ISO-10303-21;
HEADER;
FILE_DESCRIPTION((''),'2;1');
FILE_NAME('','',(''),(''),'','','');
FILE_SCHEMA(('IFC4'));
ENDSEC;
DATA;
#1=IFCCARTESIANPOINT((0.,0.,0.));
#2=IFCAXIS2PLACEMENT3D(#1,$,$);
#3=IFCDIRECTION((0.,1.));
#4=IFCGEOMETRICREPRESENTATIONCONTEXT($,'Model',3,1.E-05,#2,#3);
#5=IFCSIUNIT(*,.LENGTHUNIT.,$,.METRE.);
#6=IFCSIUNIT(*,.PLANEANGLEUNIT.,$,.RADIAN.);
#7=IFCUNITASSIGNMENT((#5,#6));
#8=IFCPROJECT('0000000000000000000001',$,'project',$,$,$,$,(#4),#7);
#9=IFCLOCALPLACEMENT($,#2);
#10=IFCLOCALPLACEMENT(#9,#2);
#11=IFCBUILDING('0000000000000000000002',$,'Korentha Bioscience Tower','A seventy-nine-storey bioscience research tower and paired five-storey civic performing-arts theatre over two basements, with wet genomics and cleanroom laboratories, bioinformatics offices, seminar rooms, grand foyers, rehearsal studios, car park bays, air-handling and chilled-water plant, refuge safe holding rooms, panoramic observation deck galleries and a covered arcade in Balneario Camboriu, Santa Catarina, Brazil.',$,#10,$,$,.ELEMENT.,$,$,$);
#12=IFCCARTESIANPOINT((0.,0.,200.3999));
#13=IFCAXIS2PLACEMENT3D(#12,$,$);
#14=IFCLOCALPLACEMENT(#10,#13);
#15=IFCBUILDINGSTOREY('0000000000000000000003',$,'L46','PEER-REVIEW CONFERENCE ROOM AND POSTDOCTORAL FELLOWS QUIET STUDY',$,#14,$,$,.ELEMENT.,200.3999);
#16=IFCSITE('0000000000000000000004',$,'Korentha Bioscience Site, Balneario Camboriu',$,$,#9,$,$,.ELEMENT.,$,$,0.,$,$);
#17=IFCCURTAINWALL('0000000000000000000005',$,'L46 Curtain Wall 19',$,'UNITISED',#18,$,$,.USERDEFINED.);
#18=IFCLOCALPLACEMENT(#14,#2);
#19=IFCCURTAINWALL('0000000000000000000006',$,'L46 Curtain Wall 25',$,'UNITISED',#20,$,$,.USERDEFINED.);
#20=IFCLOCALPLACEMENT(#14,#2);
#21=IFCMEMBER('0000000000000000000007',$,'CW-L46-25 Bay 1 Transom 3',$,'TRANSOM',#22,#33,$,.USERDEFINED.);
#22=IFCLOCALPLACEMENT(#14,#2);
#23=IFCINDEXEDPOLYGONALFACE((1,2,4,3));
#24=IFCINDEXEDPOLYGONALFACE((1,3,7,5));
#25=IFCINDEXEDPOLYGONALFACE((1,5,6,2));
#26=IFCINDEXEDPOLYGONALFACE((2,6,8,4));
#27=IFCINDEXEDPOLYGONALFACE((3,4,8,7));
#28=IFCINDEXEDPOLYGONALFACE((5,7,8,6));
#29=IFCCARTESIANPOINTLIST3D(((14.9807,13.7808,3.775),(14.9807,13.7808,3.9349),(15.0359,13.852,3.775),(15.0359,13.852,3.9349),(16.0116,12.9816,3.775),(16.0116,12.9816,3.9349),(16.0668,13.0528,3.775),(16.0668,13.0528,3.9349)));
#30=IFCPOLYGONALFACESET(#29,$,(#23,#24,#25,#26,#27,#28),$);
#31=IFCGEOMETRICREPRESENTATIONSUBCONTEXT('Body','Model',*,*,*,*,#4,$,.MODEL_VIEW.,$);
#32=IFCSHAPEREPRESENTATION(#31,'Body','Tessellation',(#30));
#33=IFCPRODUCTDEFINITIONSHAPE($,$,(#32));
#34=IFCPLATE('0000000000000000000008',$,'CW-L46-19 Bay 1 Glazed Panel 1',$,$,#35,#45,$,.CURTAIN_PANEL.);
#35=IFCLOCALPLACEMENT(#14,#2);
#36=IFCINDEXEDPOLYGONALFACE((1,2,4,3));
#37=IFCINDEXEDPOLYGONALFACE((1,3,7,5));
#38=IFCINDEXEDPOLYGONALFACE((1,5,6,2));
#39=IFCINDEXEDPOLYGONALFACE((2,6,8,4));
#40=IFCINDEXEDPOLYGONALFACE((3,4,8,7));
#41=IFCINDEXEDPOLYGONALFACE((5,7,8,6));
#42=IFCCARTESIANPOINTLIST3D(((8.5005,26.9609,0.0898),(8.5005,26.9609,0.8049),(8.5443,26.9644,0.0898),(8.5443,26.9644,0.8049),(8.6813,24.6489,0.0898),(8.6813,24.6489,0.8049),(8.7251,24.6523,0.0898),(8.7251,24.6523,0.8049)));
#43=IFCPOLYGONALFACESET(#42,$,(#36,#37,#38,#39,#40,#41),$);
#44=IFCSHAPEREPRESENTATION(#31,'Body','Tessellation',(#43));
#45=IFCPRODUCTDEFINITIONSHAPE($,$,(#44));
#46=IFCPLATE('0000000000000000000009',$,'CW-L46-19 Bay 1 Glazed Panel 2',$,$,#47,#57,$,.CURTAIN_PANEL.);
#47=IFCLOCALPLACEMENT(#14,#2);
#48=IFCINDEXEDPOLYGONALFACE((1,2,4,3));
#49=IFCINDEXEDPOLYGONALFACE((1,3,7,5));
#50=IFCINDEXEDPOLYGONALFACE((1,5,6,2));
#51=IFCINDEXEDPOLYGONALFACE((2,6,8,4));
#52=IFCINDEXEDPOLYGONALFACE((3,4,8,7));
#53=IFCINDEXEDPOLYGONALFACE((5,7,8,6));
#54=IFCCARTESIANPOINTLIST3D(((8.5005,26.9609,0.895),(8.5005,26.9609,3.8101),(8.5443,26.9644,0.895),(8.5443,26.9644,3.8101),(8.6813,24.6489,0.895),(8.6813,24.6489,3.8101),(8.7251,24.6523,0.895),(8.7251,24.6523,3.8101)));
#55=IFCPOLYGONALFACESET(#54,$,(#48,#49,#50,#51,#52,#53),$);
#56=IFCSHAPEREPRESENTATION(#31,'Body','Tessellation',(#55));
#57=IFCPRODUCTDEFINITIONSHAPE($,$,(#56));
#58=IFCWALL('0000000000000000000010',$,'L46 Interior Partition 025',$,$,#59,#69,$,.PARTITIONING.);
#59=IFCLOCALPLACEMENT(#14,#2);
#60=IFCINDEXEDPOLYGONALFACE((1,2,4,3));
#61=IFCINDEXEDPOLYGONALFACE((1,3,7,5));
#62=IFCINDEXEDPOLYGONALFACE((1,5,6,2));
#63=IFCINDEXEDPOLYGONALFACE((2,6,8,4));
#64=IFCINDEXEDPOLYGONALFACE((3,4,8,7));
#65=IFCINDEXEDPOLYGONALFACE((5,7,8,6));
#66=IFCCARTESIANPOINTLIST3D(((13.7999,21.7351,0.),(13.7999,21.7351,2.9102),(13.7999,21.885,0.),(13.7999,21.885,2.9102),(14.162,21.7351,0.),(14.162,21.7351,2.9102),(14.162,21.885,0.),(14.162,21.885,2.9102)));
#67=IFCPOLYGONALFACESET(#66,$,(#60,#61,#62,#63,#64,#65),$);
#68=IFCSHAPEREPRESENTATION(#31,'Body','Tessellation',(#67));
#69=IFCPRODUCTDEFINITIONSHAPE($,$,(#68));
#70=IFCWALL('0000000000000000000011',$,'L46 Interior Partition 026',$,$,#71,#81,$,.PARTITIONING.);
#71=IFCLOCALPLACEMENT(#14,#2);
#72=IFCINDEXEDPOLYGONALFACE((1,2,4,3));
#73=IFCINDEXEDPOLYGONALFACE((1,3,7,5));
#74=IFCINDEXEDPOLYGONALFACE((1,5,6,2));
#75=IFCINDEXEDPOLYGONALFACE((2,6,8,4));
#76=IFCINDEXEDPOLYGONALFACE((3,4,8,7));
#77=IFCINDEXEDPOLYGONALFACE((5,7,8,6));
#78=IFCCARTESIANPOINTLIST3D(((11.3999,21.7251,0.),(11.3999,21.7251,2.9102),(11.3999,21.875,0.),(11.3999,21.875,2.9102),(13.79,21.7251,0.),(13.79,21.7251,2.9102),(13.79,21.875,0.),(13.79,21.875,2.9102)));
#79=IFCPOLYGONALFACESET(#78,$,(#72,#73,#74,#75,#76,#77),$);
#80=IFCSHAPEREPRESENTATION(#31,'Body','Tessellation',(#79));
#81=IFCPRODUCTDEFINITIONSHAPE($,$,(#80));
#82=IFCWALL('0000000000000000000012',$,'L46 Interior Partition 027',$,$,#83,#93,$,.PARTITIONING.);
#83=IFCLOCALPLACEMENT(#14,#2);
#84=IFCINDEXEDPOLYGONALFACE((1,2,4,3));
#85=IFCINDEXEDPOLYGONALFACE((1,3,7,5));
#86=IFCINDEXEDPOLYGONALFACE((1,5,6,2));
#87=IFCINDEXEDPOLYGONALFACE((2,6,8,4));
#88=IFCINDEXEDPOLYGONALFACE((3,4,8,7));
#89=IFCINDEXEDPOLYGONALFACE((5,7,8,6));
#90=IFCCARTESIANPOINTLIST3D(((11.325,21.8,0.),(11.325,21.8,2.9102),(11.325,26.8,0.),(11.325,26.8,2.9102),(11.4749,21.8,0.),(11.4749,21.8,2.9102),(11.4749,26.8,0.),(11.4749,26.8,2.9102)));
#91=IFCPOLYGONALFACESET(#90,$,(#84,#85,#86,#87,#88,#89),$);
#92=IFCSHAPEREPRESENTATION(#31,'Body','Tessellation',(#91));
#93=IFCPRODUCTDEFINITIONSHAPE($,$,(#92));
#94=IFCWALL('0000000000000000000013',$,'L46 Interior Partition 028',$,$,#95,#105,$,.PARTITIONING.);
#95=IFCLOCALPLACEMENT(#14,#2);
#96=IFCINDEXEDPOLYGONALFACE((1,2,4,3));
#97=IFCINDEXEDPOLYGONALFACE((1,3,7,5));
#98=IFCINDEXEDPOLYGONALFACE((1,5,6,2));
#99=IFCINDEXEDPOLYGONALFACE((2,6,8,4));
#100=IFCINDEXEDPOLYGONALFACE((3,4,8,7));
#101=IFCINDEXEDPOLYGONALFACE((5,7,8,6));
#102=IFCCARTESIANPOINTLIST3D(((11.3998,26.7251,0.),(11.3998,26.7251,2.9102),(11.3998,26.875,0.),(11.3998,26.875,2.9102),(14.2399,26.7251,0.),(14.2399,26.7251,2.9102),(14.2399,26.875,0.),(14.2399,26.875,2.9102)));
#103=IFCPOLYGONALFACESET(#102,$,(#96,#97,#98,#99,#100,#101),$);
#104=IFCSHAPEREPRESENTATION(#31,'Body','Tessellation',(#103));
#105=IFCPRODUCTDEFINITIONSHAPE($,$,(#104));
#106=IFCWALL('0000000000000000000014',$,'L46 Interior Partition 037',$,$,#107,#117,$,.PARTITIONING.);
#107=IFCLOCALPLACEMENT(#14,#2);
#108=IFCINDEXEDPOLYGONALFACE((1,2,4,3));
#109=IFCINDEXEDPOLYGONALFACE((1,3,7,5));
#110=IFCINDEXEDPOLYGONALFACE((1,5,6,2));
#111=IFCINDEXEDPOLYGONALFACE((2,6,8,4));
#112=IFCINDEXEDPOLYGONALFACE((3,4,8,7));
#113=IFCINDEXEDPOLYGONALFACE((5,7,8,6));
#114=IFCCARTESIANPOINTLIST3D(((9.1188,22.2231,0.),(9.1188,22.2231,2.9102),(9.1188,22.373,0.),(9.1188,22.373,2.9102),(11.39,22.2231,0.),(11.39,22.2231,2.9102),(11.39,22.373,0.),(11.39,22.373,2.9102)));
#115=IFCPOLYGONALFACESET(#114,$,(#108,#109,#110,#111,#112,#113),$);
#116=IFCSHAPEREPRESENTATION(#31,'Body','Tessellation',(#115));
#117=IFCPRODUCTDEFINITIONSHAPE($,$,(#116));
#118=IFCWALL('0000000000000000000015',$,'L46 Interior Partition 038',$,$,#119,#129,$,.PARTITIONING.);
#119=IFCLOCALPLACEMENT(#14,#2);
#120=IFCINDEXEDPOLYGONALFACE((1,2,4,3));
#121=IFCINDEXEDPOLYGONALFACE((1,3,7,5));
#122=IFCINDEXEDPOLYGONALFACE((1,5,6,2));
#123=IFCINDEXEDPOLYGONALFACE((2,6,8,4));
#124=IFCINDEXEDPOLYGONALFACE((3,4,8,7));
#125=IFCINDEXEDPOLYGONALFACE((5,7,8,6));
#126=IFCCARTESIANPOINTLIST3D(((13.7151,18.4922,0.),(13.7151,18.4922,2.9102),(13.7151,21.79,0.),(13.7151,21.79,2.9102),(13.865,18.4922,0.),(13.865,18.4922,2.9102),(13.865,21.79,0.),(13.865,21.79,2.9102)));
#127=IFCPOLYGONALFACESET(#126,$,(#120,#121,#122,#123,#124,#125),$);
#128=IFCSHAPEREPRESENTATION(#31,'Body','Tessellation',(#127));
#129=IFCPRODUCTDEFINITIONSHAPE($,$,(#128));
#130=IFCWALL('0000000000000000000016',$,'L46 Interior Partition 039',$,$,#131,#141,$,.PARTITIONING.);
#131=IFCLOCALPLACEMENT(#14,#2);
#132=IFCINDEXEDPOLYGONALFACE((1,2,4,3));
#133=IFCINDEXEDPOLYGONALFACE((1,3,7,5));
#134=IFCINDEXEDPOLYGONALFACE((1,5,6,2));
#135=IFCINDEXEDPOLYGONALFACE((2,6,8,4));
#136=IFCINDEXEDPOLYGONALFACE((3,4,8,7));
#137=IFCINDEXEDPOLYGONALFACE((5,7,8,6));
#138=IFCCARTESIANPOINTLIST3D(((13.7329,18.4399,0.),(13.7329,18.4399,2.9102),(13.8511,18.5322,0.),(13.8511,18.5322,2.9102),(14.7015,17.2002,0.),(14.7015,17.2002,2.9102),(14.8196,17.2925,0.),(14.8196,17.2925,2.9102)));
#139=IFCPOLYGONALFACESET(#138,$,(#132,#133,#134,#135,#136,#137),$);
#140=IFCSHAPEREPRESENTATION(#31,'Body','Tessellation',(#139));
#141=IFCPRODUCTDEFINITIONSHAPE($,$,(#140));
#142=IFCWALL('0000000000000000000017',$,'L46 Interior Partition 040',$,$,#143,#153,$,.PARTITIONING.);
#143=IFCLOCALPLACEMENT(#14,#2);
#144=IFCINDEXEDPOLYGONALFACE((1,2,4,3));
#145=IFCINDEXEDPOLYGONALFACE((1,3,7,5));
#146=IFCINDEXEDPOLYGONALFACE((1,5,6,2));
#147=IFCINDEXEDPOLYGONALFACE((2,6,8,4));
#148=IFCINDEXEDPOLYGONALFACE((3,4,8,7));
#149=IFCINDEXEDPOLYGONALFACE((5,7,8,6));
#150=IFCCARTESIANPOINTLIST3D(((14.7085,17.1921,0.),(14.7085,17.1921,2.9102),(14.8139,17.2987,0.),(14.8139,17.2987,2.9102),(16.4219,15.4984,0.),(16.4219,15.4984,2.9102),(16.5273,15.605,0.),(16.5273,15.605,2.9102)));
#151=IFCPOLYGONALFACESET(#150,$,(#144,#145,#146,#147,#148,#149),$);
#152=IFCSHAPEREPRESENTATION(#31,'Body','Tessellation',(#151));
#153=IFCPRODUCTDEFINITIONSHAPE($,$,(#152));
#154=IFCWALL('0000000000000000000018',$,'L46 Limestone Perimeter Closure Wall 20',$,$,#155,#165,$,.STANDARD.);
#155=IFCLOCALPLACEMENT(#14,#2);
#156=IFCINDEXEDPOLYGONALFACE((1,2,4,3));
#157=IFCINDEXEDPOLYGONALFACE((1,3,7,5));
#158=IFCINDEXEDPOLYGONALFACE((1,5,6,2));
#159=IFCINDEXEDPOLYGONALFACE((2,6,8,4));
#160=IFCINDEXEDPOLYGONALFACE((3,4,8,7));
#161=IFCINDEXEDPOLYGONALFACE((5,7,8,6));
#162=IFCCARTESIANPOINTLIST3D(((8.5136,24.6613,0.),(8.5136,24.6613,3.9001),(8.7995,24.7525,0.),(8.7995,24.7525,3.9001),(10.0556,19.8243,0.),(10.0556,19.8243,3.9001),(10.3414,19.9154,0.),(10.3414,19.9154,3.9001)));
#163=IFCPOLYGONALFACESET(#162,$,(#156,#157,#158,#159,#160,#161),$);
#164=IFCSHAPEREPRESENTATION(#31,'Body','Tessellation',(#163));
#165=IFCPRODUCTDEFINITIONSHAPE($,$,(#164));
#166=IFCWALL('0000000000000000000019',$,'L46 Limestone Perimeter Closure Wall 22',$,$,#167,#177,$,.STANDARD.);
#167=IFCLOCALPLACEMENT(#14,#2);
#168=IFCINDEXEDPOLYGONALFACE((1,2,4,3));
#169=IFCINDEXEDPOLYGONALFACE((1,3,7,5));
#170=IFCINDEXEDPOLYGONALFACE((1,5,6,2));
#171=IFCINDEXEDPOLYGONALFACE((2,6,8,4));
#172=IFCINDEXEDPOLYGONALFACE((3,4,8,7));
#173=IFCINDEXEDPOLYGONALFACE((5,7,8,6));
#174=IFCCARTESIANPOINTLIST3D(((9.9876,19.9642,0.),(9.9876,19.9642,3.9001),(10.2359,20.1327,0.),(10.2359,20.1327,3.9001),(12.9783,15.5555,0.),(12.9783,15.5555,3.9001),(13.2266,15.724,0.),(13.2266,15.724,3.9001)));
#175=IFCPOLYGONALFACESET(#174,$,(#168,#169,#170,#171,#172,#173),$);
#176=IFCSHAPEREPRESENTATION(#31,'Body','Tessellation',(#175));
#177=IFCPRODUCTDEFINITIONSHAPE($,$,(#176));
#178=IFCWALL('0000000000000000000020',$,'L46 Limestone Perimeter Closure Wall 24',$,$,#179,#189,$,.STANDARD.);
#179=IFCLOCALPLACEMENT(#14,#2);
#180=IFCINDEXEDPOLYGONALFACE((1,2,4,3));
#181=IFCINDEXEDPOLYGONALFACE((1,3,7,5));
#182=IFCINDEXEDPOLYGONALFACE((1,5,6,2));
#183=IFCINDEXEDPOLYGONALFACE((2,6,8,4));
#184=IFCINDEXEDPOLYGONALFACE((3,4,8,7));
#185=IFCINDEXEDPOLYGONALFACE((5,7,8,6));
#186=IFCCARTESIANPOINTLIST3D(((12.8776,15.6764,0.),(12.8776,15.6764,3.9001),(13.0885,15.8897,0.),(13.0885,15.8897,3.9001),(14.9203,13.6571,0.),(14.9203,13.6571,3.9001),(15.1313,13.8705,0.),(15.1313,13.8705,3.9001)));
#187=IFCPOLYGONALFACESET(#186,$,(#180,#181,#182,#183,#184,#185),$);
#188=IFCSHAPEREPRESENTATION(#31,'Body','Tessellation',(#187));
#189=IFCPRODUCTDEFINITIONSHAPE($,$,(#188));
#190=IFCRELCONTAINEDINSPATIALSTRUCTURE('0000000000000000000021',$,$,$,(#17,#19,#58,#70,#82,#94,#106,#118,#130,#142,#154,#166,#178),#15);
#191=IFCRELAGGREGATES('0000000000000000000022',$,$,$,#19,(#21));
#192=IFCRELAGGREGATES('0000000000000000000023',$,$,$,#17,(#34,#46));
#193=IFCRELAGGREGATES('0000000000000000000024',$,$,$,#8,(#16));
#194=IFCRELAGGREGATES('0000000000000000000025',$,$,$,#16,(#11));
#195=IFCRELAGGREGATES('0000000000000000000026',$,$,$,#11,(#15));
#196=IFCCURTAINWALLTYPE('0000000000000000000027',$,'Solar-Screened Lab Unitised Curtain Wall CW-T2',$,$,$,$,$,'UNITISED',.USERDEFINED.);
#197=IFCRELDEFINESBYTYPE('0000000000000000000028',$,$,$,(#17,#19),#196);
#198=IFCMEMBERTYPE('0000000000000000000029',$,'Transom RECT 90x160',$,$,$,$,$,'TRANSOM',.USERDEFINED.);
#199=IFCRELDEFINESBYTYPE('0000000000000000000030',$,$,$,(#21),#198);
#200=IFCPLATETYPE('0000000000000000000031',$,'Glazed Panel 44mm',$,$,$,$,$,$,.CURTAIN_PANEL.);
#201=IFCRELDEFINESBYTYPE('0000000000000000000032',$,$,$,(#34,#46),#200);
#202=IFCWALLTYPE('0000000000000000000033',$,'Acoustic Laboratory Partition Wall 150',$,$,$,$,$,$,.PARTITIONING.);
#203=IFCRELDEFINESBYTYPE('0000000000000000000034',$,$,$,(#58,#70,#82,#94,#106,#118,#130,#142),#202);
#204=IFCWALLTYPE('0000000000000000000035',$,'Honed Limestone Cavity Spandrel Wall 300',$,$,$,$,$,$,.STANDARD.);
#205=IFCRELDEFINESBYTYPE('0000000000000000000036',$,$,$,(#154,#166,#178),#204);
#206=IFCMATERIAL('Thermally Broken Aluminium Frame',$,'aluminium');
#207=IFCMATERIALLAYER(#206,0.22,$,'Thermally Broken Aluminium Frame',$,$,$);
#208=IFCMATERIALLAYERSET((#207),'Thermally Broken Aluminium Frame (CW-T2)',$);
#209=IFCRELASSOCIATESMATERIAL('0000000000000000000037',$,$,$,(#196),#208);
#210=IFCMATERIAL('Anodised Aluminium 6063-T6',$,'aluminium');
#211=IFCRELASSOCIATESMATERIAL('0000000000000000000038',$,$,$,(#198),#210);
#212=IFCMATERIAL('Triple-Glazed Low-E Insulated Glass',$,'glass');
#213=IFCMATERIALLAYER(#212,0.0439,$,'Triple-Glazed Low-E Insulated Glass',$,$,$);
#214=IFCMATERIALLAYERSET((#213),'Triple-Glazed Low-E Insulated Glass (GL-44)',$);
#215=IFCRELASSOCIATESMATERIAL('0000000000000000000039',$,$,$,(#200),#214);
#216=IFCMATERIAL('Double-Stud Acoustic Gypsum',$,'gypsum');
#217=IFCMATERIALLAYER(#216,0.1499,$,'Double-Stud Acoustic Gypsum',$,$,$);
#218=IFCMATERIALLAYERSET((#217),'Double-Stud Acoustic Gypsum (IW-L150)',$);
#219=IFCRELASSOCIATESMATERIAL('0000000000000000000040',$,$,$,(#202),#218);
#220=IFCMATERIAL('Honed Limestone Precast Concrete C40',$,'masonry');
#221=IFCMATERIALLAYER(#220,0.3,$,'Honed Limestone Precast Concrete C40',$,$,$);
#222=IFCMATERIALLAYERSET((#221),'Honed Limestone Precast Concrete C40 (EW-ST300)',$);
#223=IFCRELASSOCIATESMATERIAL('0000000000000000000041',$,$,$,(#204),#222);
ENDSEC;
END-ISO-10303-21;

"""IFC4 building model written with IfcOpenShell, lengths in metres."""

from ifc_helpers import new_model, si_unit, direction, frame, frame_2d, origin, origin_2d, place, context, subcontext, project, spatial, rectangle, extrude, material, layer, layer_set, material_profile, profile_set, type_object, element, aggregate, save


model = new_model("IFC4")

# Units and contexts
model_context = context("Model", 3, precision=1e-05, world=origin(), true_north=direction((0.0, 1.0)))
body_context = subcontext(model_context, "Body", "Model", "MODEL_VIEW")
ifc_project = project(units=[si_unit("LENGTHUNIT", "METRE"), si_unit("PLANEANGLEUNIT", "RADIAN")], contexts=[model_context])

# Site, building, storey
site_placement = place(None, origin())
site = spatial("IfcSite", under=ifc_project, at=site_placement, Name="Korentha Bioscience Site, Balneario Camboriu", CompositionType="ELEMENT", RefElevation=0.0)
building_placement = place(site_placement, origin())
building = spatial("IfcBuilding", under=site, at=building_placement, Name="Korentha Bioscience Tower", Description="A seventy-nine-storey bioscience research tower and paired five-storey civic performing-arts theatre over two basements, with wet genomics and cleanroom laboratories, bioinformatics offices, seminar rooms, grand foyers, rehearsal studios, car park bays, air-handling and chilled-water plant, refuge safe holding rooms, panoramic observation deck galleries and a covered arcade in Balneario Camboriu, Santa Catarina, Brazil.", CompositionType="ELEMENT")
storey_placement = place(building_placement, frame((0.0, 0.0, 200.3999)))
storey = spatial("IfcBuildingStorey", under=building, at=storey_placement, Name="L46", Description="PEER-REVIEW CONFERENCE ROOM AND POSTDOCTORAL FELLOWS QUIET STUDY", CompositionType="ELEMENT", Elevation=200.3999)

# Curtain walls
ifc_material_1 = material(Name="Thermally Broken Aluminium Frame", Category="aluminium")
ifc_layer_1 = layer(ifc_material_1, 0.22, Name="Thermally Broken Aluminium Frame")
ifc_layer_set_1 = layer_set([ifc_layer_1], Name="Thermally Broken Aluminium Frame (CW-T2)")
curtain_wall_type = type_object("IfcCurtainWallType", Name="Solar-Screened Lab Unitised Curtain Wall CW-T2", ElementType="UNITISED", PredefinedType="USERDEFINED", material=ifc_layer_set_1)
curtain_wall_1_placement = place(storey_placement, origin())
curtain_wall_1 = element("IfcCurtainWall", 1, at=curtain_wall_1_placement, inside=storey, type_object=curtain_wall_type, Name="L46 Curtain Wall 19", ObjectType="UNITISED", PredefinedType="USERDEFINED")
ifc_material_2 = material(Name="Anodised Aluminium 6063-T6", Category="aluminium")
curtain_wall_2_placement = place(storey_placement, origin())
curtain_wall_2 = element("IfcCurtainWall", 2, at=curtain_wall_2_placement, inside=storey, type_object=curtain_wall_type, Name="L46 Curtain Wall 25", ObjectType="UNITISED", PredefinedType="USERDEFINED")

# Member
ifc_material_profile_1 = material_profile(ifc_material_2, rectangle(XDim=0.0901, YDim=0.1599, at=origin_2d()), Name="Anodised Aluminium 6063-T6")
ifc_profile_set_1 = profile_set([ifc_material_profile_1], Name="Anodised Aluminium 6063-T6 (CW-TRN)")
member_type_1 = type_object("IfcMemberType", Name="Transom RECT 90x160", ElementType="TRANSOM", PredefinedType="USERDEFINED", material=ifc_profile_set_1)
member_1_placement = place(storey_placement, frame((15.0083, 13.8164, 3.855), z_axis=(0.790309, -0.612709, 0.0), x_axis=(0.612709, 0.790309, 0.0)))
member_1 = element("IfcMember", 3, at=member_1_placement, type_object=member_type_1, Name="CW-L46-25 Bay 1 Transom 3", ObjectType="TRANSOM", PredefinedType="USERDEFINED", context=body_context, shape_type="SweptSolid", body=[
    extrude(rectangle(XDim=0.0901, YDim=0.1599, at=origin_2d()), origin(), (0.0, 0.0, 1.0), 1.3044),
])
aggregate(curtain_wall_2, [member_1])

# Plates
ifc_material_3 = material(Name="Triple-Glazed Low-E Insulated Glass", Category="glass")
ifc_layer_2 = layer(ifc_material_3, 0.0439, Name="Triple-Glazed Low-E Insulated Glass")
ifc_layer_set_2 = layer_set([ifc_layer_2], Name="Triple-Glazed Low-E Insulated Glass (GL-44)")
plate_type = type_object("IfcPlateType", Name="Glazed Panel 44mm", PredefinedType="CURTAIN_PANEL", material=ifc_layer_set_2)
plate_1_placement = place(storey_placement, frame((8.6128, 25.8066, 0.0898), z_axis=(0.0, 0.0, 1.0), x_axis=(0.077988, -0.996954, 0.0)))
plate_1 = element("IfcPlate", 4, at=plate_1_placement, type_object=plate_type, Name="CW-L46-19 Bay 1 Glazed Panel 1", PredefinedType="CURTAIN_PANEL", context=body_context, shape_type="SweptSolid", body=[
    extrude(rectangle(XDim=2.3191, YDim=0.0439, at=origin_2d()), origin(), (0.0, 0.0, 1.0), 0.7151),
])
plate_2_placement = place(storey_placement, frame((8.6128, 25.8066, 0.895), z_axis=(0.0, 0.0, 1.0), x_axis=(0.077988, -0.996954, 0.0)))
plate_2 = element("IfcPlate", 5, at=plate_2_placement, type_object=plate_type, Name="CW-L46-19 Bay 1 Glazed Panel 2", PredefinedType="CURTAIN_PANEL", context=body_context, shape_type="SweptSolid", body=[
    extrude(rectangle(XDim=2.3191, YDim=0.0439, at=origin_2d()), origin(), (0.0, 0.0, 1.0), 2.915),
])
aggregate(curtain_wall_1, [plate_1, plate_2])

# Shared definitions
ifc_material_4 = material(Name="Double-Stud Acoustic Gypsum", Category="gypsum")
ifc_layer_3 = layer(ifc_material_4, 0.1499, Name="Double-Stud Acoustic Gypsum")
ifc_layer_set_3 = layer_set([ifc_layer_3], Name="Double-Stud Acoustic Gypsum (IW-L150)")
wall_type_1 = type_object("IfcWallType", Name="Acoustic Laboratory Partition Wall 150", PredefinedType="PARTITIONING", material=ifc_layer_set_3)

# Walls
wall_1_placement = place(storey_placement, frame((14.1621, 21.8101, 0.0), z_axis=(0.0, 0.0, 1.0), x_axis=(-1.0, 0.0, 0.0)))
element("IfcWall", 6, at=wall_1_placement, inside=storey, type_object=wall_type_1, Name="L46 Interior Partition 025", PredefinedType="PARTITIONING", context=body_context, shape_type="SweptSolid", body=[
    extrude(rectangle(XDim=0.3621, YDim=0.1499, at=frame_2d((0.1812, 0.0))), origin(), (0.0, 0.0, 1.0), 2.9102),
])
wall_2_placement = place(storey_placement, frame((13.79, 21.8, 0.0), z_axis=(0.0, 0.0, 1.0), x_axis=(-1.0, 0.0, 0.0)))
element("IfcWall", 7, at=wall_2_placement, inside=storey, type_object=wall_type_1, Name="L46 Interior Partition 026", PredefinedType="PARTITIONING", context=body_context, shape_type="SweptSolid", body=[
    extrude(rectangle(XDim=2.3901, YDim=0.1499, at=frame_2d((1.1951, 0.0))), origin(), (0.0, 0.0, 1.0), 2.9102),
])
wall_3_placement = place(storey_placement, frame((11.3999, 21.8, 0.0), z_axis=(0.0, 0.0, 1.0), x_axis=(0.0, 1.0, 0.0)))
element("IfcWall", 8, at=wall_3_placement, inside=storey, type_object=wall_type_1, Name="L46 Interior Partition 027", PredefinedType="PARTITIONING", context=body_context, shape_type="SweptSolid", body=[
    extrude(rectangle(XDim=5.0, YDim=0.1499, at=frame_2d((2.5, 0.0))), origin(), (0.0, 0.0, 1.0), 2.9102),
])
wall_4_placement = place(storey_placement, frame((11.3999, 26.8, 0.0), z_axis=(0.0, 0.0, 1.0), x_axis=(1.0, 0.0, 0.0)))
element("IfcWall", 9, at=wall_4_placement, inside=storey, type_object=wall_type_1, Name="L46 Interior Partition 028", PredefinedType="PARTITIONING", context=body_context, shape_type="SweptSolid", body=[
    extrude(rectangle(XDim=2.8401, YDim=0.1499, at=frame_2d((1.4199, 0.0))), origin(), (0.0, 0.0, 1.0), 2.9102),
])
wall_5_placement = place(storey_placement, frame((9.1187, 22.2981, 0.0), z_axis=(0.0, 0.0, 1.0), x_axis=(1.0, 0.0, 0.0)))
element("IfcWall", 10, at=wall_5_placement, inside=storey, type_object=wall_type_1, Name="L46 Interior Partition 037", PredefinedType="PARTITIONING", context=body_context, shape_type="SweptSolid", body=[
    extrude(rectangle(XDim=2.2712, YDim=0.1499, at=frame_2d((1.1357, 0.0))), origin(), (0.0, 0.0, 1.0), 2.9102),
])
wall_6_placement = place(storey_placement, frame((13.79, 21.79, 0.0), z_axis=(0.0, 0.0, 1.0), x_axis=(0.0, -1.0, 0.0)))
element("IfcWall", 11, at=wall_6_placement, inside=storey, type_object=wall_type_1, Name="L46 Interior Partition 038", PredefinedType="PARTITIONING", context=body_context, shape_type="SweptSolid", body=[
    extrude(rectangle(XDim=3.2979, YDim=0.1499, at=frame_2d((1.6489, 0.0))), origin(), (0.0, 0.0, 1.0), 2.9102),
])
wall_7_placement = place(storey_placement, frame((13.792, 18.4861, 0.0), z_axis=(0.0, 0.0, 1.0), x_axis=(0.615626, -0.788038, 0.0)))
element("IfcWall", 12, at=wall_7_placement, inside=storey, type_object=wall_type_1, Name="L46 Interior Partition 039", PredefinedType="PARTITIONING", context=body_context, shape_type="SweptSolid", body=[
    extrude(rectangle(XDim=1.5732, YDim=0.1499, at=frame_2d((0.7866, 0.0))), origin(), (0.0, 0.0, 1.0), 2.9102),
])
wall_8_placement = place(storey_placement, frame((14.7612, 17.2454, 0.0), z_axis=(0.0, 0.0, 1.0), x_axis=(0.711199, -0.702991, 0.0)))
element("IfcWall", 13, at=wall_8_placement, inside=storey, type_object=wall_type_1, Name="L46 Interior Partition 040", PredefinedType="PARTITIONING", context=body_context, shape_type="SweptSolid", body=[
    extrude(rectangle(XDim=2.4092, YDim=0.1499, at=frame_2d((1.2046, 0.0))), origin(), (0.0, 0.0, 1.0), 2.9102),
])
ifc_material_5 = material(Name="Honed Limestone Precast Concrete C40", Category="masonry")
ifc_layer_4 = layer(ifc_material_5, 0.3, Name="Honed Limestone Precast Concrete C40")
ifc_layer_set_4 = layer_set([ifc_layer_4], Name="Honed Limestone Precast Concrete C40 (EW-ST300)")
wall_type_2 = type_object("IfcWallType", Name="Honed Limestone Cavity Spandrel Wall 300", PredefinedType="STANDARD", material=ifc_layer_set_4)
wall_9_placement = place(storey_placement, frame((8.6565, 24.707, 0.0), z_axis=(0.0, 0.0, 1.0), x_axis=(0.303722, -0.952761, 0.0)))
element("IfcWall", 14, at=wall_9_placement, inside=storey, type_object=wall_type_2, Name="L46 Limestone Perimeter Closure Wall 20", PredefinedType="STANDARD", context=body_context, shape_type="SweptSolid", body=[
    extrude(rectangle(XDim=5.0769, YDim=0.3, at=frame_2d((2.5386, 0.0))), origin(), (0.0, 0.0, 1.0), 3.9001),
])
wall_10_placement = place(storey_placement, frame((10.1118, 20.0483, 0.0), z_axis=(0.0, 0.0, 1.0), x_axis=(0.561387, -0.827553, 0.0)))
element("IfcWall", 15, at=wall_10_placement, inside=storey, type_object=wall_type_2, Name="L46 Limestone Perimeter Closure Wall 22", PredefinedType="STANDARD", context=body_context, shape_type="SweptSolid", body=[
    extrude(rectangle(XDim=5.3274, YDim=0.3, at=frame_2d((2.6636, 0.0))), origin(), (0.0, 0.0, 1.0), 3.9001),
])
wall_11_placement = place(storey_placement, frame((12.9832, 15.783, 0.0), z_axis=(0.0, 0.0, 1.0), x_axis=(0.711175, -0.703015, 0.0)))
element("IfcWall", 16, at=wall_11_placement, inside=storey, type_object=wall_type_2, Name="L46 Limestone Perimeter Closure Wall 24", PredefinedType="STANDARD", context=body_context, shape_type="SweptSolid", body=[
    extrude(rectangle(XDim=2.8723, YDim=0.3, at=frame_2d((1.436, 0.0))), origin(), (0.0, 0.0, 1.0), 3.9001),
])

save(model, "model.ifc")
